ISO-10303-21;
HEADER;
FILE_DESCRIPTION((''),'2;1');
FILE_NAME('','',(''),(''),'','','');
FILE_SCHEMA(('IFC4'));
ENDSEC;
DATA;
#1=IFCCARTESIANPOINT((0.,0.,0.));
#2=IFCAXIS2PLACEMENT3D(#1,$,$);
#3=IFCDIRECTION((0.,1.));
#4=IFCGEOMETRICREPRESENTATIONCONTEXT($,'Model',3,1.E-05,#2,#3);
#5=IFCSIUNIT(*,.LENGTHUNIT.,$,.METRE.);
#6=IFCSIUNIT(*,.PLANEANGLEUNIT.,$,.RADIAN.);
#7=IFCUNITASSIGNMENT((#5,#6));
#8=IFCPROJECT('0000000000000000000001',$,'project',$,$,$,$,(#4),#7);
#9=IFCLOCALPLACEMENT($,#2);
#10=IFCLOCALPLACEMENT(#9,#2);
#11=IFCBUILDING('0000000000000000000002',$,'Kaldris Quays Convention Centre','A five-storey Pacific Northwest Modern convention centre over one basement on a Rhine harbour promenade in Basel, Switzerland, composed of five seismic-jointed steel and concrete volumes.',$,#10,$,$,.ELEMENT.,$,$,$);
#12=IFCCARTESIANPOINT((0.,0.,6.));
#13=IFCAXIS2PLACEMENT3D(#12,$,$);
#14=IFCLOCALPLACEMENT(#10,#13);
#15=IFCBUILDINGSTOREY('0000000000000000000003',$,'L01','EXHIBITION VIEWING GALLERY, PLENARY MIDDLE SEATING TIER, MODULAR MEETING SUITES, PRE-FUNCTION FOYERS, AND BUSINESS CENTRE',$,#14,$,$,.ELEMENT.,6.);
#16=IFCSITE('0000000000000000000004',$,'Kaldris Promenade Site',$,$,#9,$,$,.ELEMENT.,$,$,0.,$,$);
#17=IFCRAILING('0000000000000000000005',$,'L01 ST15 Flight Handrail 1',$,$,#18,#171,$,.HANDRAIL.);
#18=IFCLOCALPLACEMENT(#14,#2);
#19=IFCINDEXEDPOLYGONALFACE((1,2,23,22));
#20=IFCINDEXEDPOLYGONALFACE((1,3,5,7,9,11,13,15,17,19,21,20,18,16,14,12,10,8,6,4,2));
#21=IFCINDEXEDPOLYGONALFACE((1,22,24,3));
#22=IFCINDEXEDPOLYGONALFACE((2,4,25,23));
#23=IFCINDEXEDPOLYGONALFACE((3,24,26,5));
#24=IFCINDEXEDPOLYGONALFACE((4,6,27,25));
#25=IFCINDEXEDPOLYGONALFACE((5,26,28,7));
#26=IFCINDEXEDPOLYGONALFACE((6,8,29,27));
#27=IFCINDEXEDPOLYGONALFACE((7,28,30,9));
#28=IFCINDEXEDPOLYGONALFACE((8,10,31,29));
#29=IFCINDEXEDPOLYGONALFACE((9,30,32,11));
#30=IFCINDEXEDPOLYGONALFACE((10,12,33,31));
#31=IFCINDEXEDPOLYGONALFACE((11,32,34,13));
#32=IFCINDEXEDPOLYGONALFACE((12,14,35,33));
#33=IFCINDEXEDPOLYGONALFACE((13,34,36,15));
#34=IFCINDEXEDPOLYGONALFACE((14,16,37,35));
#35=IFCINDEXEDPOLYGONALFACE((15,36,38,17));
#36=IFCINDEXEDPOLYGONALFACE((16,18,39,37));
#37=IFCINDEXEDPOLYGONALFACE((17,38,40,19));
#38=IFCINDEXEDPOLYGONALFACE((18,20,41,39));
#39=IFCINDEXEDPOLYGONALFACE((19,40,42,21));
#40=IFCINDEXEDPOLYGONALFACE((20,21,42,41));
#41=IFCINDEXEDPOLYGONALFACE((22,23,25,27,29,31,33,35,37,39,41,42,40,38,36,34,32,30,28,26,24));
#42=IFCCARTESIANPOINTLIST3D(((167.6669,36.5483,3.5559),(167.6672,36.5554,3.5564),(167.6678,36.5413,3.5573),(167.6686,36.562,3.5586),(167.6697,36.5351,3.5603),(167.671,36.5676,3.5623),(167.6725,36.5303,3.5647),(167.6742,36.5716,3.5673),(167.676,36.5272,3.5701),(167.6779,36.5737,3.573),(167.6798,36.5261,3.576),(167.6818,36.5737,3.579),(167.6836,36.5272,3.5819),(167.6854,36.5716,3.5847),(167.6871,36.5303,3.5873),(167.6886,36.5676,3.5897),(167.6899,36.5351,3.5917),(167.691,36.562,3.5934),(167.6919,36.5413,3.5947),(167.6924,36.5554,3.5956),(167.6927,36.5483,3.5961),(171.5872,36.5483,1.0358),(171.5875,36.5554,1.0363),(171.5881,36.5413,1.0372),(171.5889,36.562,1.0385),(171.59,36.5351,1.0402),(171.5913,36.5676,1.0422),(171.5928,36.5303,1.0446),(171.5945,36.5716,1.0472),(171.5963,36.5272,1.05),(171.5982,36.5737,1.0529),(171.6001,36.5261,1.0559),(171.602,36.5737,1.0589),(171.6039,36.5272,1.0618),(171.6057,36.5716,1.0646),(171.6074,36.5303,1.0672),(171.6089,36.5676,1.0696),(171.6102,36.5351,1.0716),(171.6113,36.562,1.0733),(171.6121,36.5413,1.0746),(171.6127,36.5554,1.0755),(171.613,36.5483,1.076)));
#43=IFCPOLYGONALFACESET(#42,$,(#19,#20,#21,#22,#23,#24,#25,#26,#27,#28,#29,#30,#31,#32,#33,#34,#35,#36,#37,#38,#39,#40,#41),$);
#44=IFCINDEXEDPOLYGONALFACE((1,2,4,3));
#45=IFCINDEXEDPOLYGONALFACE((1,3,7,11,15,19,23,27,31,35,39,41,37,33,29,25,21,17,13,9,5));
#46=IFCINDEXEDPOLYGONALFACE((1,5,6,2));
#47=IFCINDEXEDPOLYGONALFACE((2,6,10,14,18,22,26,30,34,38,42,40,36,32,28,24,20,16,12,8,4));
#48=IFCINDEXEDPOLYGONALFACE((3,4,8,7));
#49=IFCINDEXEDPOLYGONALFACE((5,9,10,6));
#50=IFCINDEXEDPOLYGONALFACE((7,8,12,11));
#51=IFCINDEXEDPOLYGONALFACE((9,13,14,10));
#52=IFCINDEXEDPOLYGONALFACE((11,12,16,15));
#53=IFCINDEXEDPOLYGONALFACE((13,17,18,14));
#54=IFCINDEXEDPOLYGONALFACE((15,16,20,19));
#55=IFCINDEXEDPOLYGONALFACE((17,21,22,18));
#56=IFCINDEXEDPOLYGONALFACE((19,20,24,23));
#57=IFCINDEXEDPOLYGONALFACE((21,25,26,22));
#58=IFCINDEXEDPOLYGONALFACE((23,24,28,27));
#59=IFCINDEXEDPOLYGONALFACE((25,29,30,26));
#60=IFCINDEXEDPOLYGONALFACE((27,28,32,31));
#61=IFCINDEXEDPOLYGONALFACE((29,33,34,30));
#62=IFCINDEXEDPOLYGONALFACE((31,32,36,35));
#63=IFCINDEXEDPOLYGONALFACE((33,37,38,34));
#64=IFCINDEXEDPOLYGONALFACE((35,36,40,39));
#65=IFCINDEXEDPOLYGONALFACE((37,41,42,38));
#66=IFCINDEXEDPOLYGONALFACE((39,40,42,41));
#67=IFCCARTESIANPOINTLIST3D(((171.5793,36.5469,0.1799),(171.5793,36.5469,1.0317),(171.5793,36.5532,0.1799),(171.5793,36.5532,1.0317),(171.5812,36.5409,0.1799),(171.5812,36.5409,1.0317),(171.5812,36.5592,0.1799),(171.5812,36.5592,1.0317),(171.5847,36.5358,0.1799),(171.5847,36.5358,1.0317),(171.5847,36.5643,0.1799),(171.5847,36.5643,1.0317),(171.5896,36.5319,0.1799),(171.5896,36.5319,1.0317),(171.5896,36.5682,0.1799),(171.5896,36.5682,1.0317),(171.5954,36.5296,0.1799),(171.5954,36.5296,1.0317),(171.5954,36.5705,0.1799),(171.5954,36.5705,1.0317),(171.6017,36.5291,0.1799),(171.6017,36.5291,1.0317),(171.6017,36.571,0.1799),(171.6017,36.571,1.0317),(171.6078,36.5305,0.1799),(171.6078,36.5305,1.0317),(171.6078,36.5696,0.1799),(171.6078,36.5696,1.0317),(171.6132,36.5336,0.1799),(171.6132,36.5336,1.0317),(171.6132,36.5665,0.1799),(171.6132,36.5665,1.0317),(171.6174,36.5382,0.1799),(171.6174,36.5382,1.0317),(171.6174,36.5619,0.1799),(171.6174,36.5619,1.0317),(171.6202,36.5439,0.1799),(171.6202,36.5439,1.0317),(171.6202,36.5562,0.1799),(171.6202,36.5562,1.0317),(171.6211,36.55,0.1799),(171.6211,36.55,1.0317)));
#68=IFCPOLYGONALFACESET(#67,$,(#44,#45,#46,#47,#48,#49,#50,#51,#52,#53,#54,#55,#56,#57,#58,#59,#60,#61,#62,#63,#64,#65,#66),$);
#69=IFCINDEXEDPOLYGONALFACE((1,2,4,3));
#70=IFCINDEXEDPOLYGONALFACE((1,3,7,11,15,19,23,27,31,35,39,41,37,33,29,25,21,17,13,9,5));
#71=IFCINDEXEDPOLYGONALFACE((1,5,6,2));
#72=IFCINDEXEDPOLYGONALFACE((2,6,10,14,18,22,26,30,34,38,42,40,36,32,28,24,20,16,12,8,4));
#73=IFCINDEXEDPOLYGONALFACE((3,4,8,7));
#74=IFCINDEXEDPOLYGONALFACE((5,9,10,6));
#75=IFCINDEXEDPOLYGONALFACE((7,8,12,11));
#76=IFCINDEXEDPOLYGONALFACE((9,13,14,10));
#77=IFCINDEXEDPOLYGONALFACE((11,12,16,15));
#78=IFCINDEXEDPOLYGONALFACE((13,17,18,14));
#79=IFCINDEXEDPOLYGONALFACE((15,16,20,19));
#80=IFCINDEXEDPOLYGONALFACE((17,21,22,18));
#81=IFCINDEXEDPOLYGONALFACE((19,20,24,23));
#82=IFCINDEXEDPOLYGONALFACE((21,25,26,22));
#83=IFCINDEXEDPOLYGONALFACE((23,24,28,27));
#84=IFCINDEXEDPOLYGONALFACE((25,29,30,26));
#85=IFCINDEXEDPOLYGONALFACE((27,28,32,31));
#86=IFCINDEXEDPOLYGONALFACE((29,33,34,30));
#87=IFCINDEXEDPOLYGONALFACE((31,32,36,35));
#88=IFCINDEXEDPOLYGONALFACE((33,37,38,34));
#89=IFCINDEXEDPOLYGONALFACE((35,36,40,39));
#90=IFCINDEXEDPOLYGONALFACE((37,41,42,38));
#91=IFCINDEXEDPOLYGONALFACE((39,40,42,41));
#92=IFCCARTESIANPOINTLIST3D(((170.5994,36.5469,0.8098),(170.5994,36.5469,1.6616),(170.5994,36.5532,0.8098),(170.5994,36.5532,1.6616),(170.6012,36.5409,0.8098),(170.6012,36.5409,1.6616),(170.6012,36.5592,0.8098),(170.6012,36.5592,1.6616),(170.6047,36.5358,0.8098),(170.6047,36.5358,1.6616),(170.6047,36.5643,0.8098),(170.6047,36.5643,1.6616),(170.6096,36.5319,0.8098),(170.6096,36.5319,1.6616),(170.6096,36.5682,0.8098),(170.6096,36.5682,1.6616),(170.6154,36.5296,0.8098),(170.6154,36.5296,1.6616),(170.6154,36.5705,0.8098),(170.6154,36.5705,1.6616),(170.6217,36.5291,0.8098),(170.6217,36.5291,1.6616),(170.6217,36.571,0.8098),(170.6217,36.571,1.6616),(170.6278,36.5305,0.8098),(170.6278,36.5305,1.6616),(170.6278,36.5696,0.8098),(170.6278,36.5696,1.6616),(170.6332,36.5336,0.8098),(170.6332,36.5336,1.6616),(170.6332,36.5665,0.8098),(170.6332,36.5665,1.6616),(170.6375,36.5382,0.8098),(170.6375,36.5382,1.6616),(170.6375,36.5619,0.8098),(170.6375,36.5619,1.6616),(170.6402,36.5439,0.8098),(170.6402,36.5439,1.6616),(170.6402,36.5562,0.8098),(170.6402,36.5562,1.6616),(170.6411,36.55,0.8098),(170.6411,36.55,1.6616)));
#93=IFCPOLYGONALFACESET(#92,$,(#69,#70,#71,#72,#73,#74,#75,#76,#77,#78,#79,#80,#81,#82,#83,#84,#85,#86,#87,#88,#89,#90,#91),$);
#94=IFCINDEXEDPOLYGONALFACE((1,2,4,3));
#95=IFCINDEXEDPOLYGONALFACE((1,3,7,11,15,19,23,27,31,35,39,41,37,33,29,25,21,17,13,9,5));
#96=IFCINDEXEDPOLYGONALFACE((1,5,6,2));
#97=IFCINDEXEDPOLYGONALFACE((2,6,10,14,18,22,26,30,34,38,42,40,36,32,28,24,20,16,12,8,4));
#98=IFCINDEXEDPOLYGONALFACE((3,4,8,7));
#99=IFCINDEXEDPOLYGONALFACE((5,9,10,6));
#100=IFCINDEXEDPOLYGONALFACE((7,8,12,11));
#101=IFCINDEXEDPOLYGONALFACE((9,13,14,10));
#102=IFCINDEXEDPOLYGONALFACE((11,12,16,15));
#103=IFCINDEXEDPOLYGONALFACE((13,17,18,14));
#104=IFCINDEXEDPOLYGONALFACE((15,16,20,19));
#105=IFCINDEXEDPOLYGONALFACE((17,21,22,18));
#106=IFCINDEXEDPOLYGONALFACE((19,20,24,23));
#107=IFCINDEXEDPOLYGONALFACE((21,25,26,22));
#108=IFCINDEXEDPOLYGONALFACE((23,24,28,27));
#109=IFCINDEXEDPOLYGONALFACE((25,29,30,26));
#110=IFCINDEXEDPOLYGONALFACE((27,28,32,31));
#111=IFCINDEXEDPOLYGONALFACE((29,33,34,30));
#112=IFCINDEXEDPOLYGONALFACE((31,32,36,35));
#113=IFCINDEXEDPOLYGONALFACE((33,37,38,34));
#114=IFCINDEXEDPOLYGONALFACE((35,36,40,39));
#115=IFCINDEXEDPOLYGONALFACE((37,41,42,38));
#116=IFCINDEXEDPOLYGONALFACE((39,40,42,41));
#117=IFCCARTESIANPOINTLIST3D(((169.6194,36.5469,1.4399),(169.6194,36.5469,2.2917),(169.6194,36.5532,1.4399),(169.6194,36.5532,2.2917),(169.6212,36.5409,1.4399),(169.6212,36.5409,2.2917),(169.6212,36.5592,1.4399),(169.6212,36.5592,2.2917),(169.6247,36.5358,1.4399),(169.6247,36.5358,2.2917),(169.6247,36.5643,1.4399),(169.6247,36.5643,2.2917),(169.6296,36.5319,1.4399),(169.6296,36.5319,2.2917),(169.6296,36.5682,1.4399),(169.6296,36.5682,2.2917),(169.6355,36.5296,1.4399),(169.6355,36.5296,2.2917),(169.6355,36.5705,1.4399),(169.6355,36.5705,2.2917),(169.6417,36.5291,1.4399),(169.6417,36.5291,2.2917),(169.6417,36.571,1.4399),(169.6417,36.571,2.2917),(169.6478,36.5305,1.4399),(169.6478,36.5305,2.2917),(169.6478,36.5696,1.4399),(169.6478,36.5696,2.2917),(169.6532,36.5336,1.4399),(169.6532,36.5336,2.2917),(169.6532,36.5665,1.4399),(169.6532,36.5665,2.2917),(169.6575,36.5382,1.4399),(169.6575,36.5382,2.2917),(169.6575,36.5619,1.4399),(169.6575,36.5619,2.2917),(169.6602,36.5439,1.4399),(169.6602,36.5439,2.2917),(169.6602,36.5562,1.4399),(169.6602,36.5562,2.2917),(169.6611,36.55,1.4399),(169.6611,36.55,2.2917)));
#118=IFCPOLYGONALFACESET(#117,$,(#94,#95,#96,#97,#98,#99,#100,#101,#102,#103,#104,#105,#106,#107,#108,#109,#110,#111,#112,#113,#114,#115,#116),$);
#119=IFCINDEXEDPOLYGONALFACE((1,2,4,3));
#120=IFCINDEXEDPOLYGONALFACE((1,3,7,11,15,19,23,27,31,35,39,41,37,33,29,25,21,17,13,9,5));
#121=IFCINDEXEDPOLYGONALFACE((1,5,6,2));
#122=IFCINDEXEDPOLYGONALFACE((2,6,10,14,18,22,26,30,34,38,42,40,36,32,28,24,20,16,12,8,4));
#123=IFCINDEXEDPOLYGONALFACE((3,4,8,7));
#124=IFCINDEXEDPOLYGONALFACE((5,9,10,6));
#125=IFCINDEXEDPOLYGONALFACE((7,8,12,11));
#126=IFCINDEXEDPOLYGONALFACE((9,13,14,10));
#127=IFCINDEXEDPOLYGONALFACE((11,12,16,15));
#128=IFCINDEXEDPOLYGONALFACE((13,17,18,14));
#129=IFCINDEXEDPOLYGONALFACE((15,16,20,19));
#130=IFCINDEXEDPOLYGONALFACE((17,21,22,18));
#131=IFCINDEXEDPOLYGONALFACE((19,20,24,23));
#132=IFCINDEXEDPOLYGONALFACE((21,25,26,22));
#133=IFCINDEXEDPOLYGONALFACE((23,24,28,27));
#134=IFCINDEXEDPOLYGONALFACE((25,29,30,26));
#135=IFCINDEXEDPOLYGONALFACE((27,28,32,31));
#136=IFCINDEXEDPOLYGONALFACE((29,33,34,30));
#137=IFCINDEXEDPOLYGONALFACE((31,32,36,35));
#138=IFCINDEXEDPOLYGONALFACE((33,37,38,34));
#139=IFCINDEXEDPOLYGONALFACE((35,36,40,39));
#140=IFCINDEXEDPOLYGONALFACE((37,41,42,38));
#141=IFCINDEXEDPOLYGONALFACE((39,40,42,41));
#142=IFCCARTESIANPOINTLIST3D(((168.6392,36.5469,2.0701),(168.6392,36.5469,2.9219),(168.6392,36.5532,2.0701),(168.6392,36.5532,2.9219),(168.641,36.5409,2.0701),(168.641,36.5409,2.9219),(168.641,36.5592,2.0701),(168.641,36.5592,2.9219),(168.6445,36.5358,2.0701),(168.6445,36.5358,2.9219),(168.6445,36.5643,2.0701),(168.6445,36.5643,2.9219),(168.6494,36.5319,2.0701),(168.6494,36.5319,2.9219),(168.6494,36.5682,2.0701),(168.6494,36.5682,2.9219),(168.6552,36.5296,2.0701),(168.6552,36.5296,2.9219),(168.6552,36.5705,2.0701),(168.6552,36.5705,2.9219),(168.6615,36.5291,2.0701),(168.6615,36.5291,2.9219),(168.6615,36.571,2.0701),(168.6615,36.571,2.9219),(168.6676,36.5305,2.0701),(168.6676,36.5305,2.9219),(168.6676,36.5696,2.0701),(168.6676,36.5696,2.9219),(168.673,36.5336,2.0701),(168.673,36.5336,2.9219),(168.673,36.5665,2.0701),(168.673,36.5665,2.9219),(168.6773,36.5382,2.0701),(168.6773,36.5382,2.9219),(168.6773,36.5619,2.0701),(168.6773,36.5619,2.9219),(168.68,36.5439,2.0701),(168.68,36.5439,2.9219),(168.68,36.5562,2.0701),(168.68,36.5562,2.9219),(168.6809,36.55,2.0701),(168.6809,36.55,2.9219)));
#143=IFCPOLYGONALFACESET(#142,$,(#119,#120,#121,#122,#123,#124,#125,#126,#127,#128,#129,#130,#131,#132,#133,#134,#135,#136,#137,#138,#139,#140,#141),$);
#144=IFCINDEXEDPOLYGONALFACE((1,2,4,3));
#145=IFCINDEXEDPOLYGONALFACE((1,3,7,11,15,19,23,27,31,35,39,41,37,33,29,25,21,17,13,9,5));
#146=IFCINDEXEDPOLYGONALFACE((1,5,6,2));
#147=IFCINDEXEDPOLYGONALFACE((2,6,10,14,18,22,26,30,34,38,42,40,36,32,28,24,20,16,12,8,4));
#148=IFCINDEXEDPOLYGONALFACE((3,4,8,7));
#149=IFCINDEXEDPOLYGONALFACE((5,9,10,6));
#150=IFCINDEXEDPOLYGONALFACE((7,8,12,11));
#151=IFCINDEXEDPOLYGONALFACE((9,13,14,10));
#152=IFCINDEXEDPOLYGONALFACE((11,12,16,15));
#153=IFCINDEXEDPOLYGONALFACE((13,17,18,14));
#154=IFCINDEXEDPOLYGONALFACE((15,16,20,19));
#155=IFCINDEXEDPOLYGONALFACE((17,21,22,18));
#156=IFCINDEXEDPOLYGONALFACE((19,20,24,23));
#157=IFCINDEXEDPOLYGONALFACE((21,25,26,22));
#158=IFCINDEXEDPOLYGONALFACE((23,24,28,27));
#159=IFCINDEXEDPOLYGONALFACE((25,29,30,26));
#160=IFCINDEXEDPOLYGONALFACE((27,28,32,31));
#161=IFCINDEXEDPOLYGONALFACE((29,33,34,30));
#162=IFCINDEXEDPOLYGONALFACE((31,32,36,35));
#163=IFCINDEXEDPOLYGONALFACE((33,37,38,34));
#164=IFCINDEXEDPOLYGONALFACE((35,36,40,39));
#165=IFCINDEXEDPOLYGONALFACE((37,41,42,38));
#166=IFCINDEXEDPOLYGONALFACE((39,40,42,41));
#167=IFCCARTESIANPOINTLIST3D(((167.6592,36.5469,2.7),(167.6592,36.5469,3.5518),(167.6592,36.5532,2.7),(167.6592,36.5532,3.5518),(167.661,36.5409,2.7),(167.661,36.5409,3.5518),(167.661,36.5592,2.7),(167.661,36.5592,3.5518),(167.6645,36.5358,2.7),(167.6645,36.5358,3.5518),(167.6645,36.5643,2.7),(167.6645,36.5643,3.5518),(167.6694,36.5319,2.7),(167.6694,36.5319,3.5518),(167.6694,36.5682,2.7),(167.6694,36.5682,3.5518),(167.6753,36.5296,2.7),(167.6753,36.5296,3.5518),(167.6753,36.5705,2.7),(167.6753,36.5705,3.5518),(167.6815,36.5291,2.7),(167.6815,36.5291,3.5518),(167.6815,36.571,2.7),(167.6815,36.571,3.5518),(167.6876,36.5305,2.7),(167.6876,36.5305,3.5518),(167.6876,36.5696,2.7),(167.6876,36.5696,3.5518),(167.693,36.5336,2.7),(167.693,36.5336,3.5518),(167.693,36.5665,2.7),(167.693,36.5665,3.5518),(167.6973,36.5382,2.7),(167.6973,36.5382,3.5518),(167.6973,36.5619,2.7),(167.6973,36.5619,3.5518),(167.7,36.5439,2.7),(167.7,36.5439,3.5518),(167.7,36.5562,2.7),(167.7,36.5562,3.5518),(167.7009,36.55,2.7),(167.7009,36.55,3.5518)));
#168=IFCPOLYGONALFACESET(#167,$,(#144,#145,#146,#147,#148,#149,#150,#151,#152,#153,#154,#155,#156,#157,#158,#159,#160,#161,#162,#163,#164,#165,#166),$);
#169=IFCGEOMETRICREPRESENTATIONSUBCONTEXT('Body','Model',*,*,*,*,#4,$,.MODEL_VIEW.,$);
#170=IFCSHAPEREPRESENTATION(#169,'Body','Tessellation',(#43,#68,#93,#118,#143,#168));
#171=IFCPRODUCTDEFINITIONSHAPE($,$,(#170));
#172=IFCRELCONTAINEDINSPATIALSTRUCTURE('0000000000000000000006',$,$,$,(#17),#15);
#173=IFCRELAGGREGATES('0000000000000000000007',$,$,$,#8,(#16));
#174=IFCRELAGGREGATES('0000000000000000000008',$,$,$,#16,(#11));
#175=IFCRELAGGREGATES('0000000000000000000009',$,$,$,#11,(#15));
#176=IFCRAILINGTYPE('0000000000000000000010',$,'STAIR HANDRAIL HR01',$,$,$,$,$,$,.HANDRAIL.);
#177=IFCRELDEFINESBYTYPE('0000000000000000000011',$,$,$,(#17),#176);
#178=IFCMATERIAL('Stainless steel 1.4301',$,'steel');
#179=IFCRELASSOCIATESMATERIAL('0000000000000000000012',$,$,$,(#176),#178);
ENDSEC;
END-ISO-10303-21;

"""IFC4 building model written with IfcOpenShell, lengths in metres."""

from ifc_helpers import new_model, si_unit, direction, frame, origin, origin_2d, place, context, subcontext, project, spatial, circle, extrude, material, type_object, element, save


model = new_model("IFC4")

# Units and contexts
model_context = context("Model", 3, precision=1e-05, world=origin(), true_north=direction((0.0, 1.0)))
body_context = subcontext(model_context, "Body", "Model", "MODEL_VIEW")
ifc_project = project(units=[si_unit("LENGTHUNIT", "METRE"), si_unit("PLANEANGLEUNIT", "RADIAN")], contexts=[model_context])

# Site, building, storey
site_placement = place(None, origin())
site = spatial("IfcSite", under=ifc_project, at=site_placement, Name="Kaldris Promenade Site", CompositionType="ELEMENT", RefElevation=0.0)
building_placement = place(site_placement, origin())
building = spatial("IfcBuilding", under=site, at=building_placement, Name="Kaldris Quays Convention Centre", Description="A five-storey Pacific Northwest Modern convention centre over one basement on a Rhine harbour promenade in Basel, Switzerland, composed of five seismic-jointed steel and concrete volumes.", CompositionType="ELEMENT")
storey_placement = place(building_placement, frame((0.0, 0.0, 6.0)))
storey = spatial("IfcBuildingStorey", under=building, at=storey_placement, Name="L01", Description="EXHIBITION VIEWING GALLERY, PLENARY MIDDLE SEATING TIER, MODULAR MEETING SUITES, PRE-FUNCTION FOYERS, AND BUSINESS CENTRE", CompositionType="ELEMENT", Elevation=6.0)

# Railing
ifc_material_1 = material(Name="Stainless steel 1.4301", Category="steel")
railing_type_1 = type_object("IfcRailingType", Name="STAIR HANDRAIL HR01", PredefinedType="HANDRAIL", material=ifc_material_1)
railing_1_placement = place(storey_placement, frame((171.6001, 36.55, 0.1799)))
element("IfcRailing", 1, at=railing_1_placement, inside=storey, type_object=railing_type_1, Name="L01 ST15 Flight Handrail 1", PredefinedType="HANDRAIL", context=body_context, shape_type="SweptSolid", body=[
    extrude(circle(Radius=0.0239, at=origin_2d()), frame((0.0, 0.0, 0.876), z_axis=(-0.841187, 0.0, 0.540744), x_axis=(0.0, -1.0, 0.0)), (0.0, 0.0, 1.0), 4.6604),
    extrude(circle(Radius=0.021, at=origin_2d()), origin(), (0.0, 0.0, 1.0), 0.8518),
    extrude(circle(Radius=0.021, at=origin_2d()), frame((-0.98, 0.0, 0.6299)), (0.0, 0.0, 1.0), 0.8518),
    extrude(circle(Radius=0.021, at=origin_2d()), frame((-1.96, 0.0, 1.26)), (0.0, 0.0, 1.0), 0.8518),
    extrude(circle(Radius=0.021, at=origin_2d()), frame((-2.9402, 0.0, 1.8901)), (0.0, 0.0, 1.0), 0.8518),
    extrude(circle(Radius=0.021, at=origin_2d()), frame((-3.9202, 0.0, 2.52)), (0.0, 0.0, 1.0), 0.8518),
])

save(model, "model.ifc")
